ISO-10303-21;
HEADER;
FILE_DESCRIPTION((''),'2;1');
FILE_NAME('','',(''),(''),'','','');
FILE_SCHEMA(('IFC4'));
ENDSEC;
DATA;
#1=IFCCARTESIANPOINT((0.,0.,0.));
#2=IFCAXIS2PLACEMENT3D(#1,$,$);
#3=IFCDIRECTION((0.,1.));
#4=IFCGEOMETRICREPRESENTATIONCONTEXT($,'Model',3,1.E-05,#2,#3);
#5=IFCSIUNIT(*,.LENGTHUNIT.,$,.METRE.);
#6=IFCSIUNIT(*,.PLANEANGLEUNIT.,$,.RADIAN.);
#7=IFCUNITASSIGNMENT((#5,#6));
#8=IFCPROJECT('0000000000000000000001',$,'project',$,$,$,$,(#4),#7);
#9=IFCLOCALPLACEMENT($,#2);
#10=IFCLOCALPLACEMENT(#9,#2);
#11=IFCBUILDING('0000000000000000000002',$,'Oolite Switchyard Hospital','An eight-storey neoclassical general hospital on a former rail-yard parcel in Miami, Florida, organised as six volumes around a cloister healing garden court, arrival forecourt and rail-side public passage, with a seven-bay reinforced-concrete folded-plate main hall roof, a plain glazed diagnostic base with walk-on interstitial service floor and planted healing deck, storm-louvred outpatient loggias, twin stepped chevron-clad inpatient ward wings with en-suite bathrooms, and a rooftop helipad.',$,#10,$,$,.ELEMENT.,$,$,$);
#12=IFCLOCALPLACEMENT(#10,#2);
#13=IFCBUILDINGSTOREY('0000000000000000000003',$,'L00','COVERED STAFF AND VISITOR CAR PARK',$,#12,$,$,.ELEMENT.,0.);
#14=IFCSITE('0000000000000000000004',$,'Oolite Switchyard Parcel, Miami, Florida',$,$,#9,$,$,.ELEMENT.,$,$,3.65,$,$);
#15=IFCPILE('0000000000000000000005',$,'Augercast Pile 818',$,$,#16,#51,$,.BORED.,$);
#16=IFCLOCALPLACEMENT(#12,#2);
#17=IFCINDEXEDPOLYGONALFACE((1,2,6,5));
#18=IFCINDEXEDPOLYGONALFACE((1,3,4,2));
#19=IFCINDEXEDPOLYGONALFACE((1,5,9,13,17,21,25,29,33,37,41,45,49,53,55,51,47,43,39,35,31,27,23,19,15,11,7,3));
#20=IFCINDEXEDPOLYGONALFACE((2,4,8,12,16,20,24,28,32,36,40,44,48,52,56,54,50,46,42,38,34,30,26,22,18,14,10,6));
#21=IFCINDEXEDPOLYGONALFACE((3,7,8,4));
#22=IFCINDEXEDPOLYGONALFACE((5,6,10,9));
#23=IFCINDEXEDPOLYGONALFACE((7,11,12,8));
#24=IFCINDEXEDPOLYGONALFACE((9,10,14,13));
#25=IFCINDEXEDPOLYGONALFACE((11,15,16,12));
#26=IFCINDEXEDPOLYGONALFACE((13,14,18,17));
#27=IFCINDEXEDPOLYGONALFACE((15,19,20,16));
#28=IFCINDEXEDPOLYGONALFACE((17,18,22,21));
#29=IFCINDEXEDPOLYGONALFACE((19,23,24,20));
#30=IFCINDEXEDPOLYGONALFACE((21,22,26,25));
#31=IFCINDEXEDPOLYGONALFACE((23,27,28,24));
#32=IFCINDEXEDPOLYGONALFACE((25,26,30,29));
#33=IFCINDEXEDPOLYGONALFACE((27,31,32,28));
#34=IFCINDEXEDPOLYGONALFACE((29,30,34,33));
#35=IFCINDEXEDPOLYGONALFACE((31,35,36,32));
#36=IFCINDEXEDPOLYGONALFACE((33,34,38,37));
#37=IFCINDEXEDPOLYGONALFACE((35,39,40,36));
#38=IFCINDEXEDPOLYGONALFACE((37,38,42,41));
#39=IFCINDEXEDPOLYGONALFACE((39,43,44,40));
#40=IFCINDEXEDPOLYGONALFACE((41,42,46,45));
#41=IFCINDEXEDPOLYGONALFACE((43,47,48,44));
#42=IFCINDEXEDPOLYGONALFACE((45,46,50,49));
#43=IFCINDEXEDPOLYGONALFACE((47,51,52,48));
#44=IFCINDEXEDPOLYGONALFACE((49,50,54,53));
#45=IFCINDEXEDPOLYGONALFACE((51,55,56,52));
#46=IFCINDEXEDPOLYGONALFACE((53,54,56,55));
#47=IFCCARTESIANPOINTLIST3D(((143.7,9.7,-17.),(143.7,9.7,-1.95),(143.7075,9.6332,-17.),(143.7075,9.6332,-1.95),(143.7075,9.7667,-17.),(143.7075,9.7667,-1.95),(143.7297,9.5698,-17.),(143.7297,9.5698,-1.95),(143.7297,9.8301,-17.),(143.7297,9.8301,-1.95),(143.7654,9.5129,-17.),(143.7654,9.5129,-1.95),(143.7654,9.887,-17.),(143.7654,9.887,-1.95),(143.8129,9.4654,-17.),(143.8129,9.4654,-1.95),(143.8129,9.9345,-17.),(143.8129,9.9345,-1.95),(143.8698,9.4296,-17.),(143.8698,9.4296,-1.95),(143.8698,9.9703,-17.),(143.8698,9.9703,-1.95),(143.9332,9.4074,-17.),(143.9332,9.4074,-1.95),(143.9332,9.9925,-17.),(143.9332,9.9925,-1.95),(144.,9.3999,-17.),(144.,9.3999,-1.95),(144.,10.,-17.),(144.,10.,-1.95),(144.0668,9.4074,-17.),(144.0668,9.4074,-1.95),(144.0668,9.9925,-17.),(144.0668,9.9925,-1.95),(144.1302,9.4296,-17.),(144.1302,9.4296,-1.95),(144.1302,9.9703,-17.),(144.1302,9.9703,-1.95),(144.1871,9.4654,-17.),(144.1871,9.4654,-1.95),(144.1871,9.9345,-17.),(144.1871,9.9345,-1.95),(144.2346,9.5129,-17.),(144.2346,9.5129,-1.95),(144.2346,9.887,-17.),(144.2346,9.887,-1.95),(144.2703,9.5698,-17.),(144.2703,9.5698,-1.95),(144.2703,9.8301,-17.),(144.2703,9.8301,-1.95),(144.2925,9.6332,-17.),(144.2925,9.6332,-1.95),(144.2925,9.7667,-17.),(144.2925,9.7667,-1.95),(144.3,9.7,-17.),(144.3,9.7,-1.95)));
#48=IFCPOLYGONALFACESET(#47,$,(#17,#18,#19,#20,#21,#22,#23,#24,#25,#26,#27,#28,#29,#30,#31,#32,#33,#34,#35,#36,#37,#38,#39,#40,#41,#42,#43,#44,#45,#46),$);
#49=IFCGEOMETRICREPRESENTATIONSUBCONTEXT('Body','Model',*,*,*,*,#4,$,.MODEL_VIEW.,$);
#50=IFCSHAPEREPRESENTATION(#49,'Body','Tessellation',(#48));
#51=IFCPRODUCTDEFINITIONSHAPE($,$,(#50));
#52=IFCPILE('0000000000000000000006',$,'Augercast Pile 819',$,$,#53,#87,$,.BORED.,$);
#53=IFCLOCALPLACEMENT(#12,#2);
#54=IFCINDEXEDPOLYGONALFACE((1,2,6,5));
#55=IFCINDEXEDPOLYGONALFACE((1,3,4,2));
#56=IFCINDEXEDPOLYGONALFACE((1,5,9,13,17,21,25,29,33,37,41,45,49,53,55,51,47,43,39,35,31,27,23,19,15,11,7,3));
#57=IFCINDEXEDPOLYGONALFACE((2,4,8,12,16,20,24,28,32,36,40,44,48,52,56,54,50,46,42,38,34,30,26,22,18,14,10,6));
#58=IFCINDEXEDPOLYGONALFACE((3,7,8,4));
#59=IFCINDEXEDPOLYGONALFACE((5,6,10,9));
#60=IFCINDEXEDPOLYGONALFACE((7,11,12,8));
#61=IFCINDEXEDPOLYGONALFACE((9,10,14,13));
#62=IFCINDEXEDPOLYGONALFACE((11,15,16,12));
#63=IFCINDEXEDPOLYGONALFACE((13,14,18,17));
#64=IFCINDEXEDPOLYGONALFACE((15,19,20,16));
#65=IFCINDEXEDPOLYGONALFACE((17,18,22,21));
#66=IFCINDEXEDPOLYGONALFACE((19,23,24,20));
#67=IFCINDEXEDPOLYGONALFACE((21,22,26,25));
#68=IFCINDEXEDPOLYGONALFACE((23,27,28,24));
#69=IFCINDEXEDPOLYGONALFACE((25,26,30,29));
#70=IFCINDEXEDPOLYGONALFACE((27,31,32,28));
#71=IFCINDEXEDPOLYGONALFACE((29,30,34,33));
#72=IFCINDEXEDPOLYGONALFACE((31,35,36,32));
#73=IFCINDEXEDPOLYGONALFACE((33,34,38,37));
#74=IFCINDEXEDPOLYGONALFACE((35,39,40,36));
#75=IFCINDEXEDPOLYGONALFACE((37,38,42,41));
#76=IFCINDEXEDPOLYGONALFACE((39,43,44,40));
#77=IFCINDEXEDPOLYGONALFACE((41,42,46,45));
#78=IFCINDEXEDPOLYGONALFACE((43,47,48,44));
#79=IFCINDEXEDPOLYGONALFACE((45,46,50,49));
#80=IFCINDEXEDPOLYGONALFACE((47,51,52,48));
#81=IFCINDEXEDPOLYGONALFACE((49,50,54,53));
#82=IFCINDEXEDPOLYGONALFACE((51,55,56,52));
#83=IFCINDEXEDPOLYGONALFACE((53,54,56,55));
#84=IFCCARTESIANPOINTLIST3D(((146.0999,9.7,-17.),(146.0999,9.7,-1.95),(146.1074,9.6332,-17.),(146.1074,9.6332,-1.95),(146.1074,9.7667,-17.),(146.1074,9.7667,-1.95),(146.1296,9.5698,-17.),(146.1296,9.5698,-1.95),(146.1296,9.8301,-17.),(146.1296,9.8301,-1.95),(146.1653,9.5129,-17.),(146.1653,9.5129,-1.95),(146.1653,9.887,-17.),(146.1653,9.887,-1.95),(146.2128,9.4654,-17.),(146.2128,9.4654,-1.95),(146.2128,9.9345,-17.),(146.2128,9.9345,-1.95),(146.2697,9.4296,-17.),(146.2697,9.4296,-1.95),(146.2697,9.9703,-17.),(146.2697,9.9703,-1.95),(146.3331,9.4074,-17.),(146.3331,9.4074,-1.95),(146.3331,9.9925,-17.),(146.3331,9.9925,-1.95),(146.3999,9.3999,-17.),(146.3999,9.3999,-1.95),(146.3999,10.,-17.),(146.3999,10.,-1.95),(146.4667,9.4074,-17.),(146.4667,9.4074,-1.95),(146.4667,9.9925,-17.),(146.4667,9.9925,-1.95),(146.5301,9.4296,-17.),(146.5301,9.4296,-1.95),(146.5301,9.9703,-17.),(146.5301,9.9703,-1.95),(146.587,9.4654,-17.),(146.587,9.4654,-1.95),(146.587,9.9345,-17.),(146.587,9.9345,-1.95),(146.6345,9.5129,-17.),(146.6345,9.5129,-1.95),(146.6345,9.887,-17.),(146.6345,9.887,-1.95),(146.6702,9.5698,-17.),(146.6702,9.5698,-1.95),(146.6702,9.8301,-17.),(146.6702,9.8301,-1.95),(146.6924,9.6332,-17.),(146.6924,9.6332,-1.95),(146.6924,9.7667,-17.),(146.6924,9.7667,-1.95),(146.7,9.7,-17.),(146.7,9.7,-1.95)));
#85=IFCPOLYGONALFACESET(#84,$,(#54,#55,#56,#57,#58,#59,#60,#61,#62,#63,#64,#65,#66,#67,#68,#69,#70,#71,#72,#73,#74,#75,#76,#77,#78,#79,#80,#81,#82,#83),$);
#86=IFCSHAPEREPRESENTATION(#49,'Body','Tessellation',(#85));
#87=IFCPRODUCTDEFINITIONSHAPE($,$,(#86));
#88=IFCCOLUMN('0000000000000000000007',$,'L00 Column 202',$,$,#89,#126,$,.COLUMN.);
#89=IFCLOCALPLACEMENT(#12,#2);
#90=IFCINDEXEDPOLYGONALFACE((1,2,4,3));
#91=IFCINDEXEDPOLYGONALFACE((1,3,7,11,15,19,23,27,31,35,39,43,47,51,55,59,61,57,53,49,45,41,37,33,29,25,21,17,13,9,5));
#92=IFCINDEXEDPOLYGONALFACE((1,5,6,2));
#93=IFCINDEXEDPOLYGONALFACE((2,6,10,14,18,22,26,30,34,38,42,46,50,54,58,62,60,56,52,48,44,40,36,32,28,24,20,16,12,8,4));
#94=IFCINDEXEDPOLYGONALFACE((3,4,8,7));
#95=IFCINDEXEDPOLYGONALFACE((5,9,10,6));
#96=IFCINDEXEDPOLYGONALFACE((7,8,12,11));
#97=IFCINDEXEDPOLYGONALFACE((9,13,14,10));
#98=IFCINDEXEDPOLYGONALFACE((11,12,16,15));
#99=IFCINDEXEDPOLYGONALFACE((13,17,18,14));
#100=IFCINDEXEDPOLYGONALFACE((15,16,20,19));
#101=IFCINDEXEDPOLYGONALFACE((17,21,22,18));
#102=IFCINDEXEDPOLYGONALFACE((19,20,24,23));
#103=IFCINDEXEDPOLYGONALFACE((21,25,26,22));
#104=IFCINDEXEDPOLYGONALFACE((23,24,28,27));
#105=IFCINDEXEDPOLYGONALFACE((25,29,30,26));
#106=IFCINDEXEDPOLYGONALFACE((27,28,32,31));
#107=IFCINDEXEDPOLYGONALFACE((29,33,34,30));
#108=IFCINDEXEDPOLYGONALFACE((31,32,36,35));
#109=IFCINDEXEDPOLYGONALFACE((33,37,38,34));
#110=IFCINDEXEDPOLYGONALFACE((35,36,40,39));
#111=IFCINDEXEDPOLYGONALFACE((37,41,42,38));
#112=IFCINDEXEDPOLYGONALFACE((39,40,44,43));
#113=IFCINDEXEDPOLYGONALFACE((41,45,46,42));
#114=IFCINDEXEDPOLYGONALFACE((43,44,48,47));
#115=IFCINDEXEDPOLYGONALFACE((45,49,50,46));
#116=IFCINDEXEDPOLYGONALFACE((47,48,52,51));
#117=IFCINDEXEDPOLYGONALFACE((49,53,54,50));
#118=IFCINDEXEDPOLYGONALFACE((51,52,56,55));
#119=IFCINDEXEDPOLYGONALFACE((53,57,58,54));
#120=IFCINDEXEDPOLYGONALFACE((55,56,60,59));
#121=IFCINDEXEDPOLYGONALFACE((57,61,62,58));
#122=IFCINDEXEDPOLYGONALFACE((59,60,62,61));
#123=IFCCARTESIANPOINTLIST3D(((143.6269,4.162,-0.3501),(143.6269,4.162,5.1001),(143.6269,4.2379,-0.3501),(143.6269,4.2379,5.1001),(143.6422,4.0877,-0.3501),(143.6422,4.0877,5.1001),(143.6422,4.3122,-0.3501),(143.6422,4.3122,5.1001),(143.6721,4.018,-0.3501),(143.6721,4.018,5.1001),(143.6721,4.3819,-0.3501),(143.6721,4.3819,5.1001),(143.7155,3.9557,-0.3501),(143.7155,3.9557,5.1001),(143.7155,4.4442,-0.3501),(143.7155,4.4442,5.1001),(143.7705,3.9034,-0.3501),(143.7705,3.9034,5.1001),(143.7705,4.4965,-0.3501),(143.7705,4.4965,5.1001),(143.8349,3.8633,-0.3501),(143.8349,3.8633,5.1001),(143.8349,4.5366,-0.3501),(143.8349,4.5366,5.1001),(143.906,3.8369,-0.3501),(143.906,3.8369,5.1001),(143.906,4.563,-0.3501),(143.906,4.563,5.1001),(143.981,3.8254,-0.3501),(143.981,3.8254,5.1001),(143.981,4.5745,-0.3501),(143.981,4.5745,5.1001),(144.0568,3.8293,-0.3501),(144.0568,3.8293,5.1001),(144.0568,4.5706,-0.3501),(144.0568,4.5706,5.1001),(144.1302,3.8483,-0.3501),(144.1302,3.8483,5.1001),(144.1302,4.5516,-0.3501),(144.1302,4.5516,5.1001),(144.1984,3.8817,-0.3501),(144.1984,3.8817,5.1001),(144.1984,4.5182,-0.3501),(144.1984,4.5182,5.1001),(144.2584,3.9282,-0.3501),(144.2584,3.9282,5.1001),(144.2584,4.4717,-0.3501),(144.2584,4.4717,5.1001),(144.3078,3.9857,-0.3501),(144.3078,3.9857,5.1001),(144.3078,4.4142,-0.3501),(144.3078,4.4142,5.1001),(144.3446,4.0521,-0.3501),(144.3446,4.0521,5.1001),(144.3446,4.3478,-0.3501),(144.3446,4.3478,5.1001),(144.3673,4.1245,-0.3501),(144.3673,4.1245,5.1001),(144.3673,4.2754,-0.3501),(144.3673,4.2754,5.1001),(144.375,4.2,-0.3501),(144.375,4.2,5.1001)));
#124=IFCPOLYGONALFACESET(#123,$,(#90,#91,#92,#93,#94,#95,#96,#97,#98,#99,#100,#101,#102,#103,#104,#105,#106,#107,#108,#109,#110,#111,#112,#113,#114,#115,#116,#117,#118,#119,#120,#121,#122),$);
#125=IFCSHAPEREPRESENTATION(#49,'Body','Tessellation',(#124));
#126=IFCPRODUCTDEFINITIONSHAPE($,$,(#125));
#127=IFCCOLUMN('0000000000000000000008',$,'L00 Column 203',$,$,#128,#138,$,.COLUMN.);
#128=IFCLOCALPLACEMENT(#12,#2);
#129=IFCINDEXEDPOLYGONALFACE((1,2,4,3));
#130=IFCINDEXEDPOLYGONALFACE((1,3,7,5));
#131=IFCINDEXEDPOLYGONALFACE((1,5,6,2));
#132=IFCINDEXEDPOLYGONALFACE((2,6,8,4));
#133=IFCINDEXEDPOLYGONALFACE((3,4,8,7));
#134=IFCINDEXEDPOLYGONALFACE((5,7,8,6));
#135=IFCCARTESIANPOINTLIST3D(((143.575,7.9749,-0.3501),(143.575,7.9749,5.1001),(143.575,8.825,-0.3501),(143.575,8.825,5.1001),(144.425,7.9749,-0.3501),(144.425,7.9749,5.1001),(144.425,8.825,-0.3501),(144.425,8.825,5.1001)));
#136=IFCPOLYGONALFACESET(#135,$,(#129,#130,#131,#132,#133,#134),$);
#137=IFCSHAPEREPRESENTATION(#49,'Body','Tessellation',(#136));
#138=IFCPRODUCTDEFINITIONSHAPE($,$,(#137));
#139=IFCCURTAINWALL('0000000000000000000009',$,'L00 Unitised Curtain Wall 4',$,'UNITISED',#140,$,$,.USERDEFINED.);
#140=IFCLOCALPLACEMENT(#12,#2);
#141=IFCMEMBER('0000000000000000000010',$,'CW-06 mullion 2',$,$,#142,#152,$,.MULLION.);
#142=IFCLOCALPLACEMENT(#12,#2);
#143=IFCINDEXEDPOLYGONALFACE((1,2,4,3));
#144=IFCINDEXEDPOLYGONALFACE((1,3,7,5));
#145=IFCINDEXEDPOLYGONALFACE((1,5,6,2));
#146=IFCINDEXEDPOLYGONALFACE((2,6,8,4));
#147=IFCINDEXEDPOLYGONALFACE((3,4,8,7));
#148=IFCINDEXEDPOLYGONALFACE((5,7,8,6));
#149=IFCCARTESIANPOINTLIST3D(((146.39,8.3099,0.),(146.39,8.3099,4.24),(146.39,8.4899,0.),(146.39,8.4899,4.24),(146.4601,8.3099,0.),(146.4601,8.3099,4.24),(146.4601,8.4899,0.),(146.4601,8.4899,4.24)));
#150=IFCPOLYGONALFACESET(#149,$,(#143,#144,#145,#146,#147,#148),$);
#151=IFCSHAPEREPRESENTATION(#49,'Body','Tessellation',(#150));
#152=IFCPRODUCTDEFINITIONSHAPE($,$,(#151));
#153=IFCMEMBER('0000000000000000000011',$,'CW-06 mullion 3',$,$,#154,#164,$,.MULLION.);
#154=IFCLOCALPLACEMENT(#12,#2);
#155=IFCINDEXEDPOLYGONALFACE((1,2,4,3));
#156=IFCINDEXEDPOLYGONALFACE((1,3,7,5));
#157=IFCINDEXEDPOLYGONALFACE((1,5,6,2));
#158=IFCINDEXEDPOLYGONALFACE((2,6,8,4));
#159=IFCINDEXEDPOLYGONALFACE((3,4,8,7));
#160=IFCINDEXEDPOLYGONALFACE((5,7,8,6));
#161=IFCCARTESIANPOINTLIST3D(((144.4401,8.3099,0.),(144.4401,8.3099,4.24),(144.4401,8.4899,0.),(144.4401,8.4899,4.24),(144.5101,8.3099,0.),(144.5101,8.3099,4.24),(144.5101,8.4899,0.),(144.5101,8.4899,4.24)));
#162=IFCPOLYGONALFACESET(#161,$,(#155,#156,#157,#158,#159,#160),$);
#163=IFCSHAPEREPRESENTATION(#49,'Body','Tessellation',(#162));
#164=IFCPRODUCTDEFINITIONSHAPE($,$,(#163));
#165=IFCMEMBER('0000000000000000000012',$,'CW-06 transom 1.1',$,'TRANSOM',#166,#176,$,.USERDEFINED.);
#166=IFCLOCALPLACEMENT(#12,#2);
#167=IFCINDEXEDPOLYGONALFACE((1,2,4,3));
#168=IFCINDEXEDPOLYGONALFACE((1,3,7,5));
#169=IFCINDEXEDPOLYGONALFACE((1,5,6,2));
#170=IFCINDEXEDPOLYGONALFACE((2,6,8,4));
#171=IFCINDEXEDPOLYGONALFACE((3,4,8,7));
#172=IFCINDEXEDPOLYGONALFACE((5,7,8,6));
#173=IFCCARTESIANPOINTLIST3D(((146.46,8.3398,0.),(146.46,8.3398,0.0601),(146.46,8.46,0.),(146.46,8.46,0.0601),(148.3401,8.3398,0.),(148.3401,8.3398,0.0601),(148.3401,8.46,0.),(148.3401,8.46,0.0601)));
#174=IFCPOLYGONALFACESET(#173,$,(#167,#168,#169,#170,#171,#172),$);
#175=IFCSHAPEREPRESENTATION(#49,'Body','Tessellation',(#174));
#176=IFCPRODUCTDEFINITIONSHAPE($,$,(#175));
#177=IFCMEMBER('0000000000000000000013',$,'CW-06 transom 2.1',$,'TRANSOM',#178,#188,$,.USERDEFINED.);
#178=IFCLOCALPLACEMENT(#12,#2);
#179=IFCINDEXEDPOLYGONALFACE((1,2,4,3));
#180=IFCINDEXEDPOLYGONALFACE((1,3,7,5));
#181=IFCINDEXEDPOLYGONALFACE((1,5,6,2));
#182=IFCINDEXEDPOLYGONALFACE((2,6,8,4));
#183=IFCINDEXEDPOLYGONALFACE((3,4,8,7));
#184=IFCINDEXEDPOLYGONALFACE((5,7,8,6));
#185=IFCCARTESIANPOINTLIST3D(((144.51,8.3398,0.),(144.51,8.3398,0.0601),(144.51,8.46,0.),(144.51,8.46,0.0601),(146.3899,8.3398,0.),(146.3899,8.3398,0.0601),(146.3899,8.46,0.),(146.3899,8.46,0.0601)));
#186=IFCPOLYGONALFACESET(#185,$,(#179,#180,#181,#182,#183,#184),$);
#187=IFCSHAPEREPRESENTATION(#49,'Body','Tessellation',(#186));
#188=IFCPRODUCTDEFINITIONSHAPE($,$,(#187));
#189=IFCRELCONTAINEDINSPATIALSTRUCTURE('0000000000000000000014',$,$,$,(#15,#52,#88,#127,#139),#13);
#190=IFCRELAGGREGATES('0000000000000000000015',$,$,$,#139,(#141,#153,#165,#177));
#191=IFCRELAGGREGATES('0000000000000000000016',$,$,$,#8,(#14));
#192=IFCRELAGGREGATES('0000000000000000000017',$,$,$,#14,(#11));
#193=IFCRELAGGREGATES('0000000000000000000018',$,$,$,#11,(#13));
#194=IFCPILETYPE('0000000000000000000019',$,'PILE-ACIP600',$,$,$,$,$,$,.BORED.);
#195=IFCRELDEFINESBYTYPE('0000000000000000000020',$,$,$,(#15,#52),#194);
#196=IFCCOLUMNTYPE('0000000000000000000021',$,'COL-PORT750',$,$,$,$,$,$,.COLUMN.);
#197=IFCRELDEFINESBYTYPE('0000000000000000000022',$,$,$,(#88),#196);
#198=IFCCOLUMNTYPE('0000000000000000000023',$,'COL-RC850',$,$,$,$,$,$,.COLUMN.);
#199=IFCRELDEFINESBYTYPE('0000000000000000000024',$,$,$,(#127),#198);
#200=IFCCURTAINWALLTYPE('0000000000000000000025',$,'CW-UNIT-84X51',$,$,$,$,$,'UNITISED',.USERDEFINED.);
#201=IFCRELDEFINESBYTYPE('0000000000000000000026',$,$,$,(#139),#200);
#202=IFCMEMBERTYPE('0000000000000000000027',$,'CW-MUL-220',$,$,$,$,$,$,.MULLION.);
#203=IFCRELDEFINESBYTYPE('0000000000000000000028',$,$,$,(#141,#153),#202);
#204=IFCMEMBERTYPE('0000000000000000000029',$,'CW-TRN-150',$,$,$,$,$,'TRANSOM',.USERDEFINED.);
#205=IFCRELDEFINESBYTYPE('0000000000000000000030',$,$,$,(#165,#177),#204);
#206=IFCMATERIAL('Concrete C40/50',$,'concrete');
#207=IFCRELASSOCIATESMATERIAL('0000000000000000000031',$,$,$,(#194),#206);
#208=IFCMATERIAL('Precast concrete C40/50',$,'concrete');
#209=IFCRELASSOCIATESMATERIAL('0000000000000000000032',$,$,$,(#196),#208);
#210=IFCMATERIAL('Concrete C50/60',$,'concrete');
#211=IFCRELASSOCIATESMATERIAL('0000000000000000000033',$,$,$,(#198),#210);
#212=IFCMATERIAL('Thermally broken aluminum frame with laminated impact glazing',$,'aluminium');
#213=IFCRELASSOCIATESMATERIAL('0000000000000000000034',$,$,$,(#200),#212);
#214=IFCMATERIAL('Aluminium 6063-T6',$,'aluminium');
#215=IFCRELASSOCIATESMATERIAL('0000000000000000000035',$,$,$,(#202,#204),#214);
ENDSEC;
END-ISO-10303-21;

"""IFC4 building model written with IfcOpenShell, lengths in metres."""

from ifc_helpers import new_model, si_unit, direction, frame, origin, origin_2d, place, context, subcontext, project, spatial, rectangle, circle, extrude, material, material_profile, profile_set, type_object, element, aggregate, save


model = new_model("IFC4")

# Units and contexts
model_context = context("Model", 3, precision=1e-05, world=origin(), true_north=direction((0.0, 1.0)))
body_context = subcontext(model_context, "Body", "Model", "MODEL_VIEW")
ifc_project = project(units=[si_unit("LENGTHUNIT", "METRE"), si_unit("PLANEANGLEUNIT", "RADIAN")], contexts=[model_context])

# Site, building, storey
site_placement = place(None, origin())
site = spatial("IfcSite", under=ifc_project, at=site_placement, Name="Oolite Switchyard Parcel, Miami, Florida", CompositionType="ELEMENT", RefElevation=3.65)
building_placement = place(site_placement, origin())
building = spatial("IfcBuilding", under=site, at=building_placement, Name="Oolite Switchyard Hospital", Description="An eight-storey neoclassical general hospital on a former rail-yard parcel in Miami, Florida, organised as six volumes around a cloister healing garden court, arrival forecourt and rail-side public passage, with a seven-bay reinforced-concrete folded-plate main hall roof, a plain glazed diagnostic base with walk-on interstitial service floor and planted healing deck, storm-louvred outpatient loggias, twin stepped chevron-clad inpatient ward wings with en-suite bathrooms, and a rooftop helipad.", CompositionType="ELEMENT")
storey_placement = place(building_placement, origin())
storey = spatial("IfcBuildingStorey", under=building, at=storey_placement, Name="L00", Description="COVERED STAFF AND VISITOR CAR PARK", CompositionType="ELEMENT", Elevation=0.0)

# Shared definitions
ifc_material_1 = material(Name="Concrete C40/50", Category="concrete")

# Piles
ifc_material_profile_1 = material_profile(ifc_material_1, circle(Radius=0.3, at=origin_2d()), Name="PILE600")
ifc_profile_set_1 = profile_set([ifc_material_profile_1], Name="Concrete C40/50")
pile_type = type_object("IfcPileType", Name="PILE-ACIP600", PredefinedType="BORED", material=ifc_profile_set_1)
for number, where, z_axis, x_axis, name in (
    (1, (144.0, 9.7, -1.95), (0.0, 0.0, -1.0), (1.0, 0.0, 0.0), "Augercast Pile 818"),
    (2, (146.3999, 9.7, -1.95), (0.0, 0.0, -1.0), (1.0, 0.0, 0.0), "Augercast Pile 819"),
):
    element("IfcPile", number, at=place(storey_placement, frame(where, z_axis=z_axis, x_axis=x_axis)), inside=storey, type_object=pile_type, Name=name, PredefinedType="BORED", context=body_context, shape_type="SweptSolid", body=[
        extrude(circle(Radius=0.3, at=origin_2d()), origin(), (0.0, 0.0, 1.0), 15.05),
    ])

# Columns
ifc_material_2 = material(Name="Precast concrete C40/50", Category="concrete")
ifc_material_profile_2 = material_profile(ifc_material_2, circle(Radius=0.375, at=origin_2d()), Name="RCCOL750")
ifc_profile_set_2 = profile_set([ifc_material_profile_2], Name="Precast concrete C40/50")
column_type_1 = type_object("IfcColumnType", Name="COL-PORT750", PredefinedType="COLUMN", material=ifc_profile_set_2)
column_1_placement = place(storey_placement, frame((144.0, 4.2, -0.3501), z_axis=(0.0, 0.0, 1.0), x_axis=(1.0, 0.0, 0.0)))
element("IfcColumn", 3, at=column_1_placement, inside=storey, type_object=column_type_1, Name="L00 Column 202", PredefinedType="COLUMN", context=body_context, shape_type="SweptSolid", body=[
    extrude(circle(Radius=0.375, at=origin_2d()), origin(), (0.0, 0.0, 1.0), 5.4502),
])
ifc_material_3 = material(Name="Concrete C50/60", Category="concrete")
ifc_material_profile_3 = material_profile(ifc_material_3, rectangle(XDim=0.8501, YDim=0.8501, at=origin_2d()), Name="RC850X850")
ifc_profile_set_3 = profile_set([ifc_material_profile_3], Name="Concrete C50/60")
column_type_2 = type_object("IfcColumnType", Name="COL-RC850", PredefinedType="COLUMN", material=ifc_profile_set_3)
column_2_placement = place(storey_placement, frame((144.0, 8.3999, -0.3501), z_axis=(0.0, 0.0, 1.0), x_axis=(1.0, 0.0, 0.0)))
element("IfcColumn", 4, at=column_2_placement, inside=storey, type_object=column_type_2, Name="L00 Column 203", PredefinedType="COLUMN", context=body_context, shape_type="SweptSolid", body=[
    extrude(rectangle(XDim=0.8501, YDim=0.8501, at=origin_2d()), origin(), (0.0, 0.0, 1.0), 5.4502),
])

# Curtain wall, members
ifc_material_4 = material(Name="Thermally broken aluminum frame with laminated impact glazing", Category="aluminium")
curtain_wall_type = type_object("IfcCurtainWallType", Name="CW-UNIT-84X51", ElementType="UNITISED", PredefinedType="USERDEFINED", material=ifc_material_4)
curtain_wall_placement = place(storey_placement, origin())
curtain_wall = element("IfcCurtainWall", 5, at=curtain_wall_placement, inside=storey, type_object=curtain_wall_type, Name="L00 Unitised Curtain Wall 4", ObjectType="UNITISED", PredefinedType="USERDEFINED")
ifc_material_5 = material(Name="Aluminium 6063-T6", Category="aluminium")
ifc_material_profile_4 = material_profile(ifc_material_5, rectangle(XDim=0.1799, YDim=0.0701, at=origin_2d()), Name="CWM70X180")
ifc_profile_set_4 = profile_set([ifc_material_profile_4], Name="Aluminium 6063-T6")
member_type_1 = type_object("IfcMemberType", Name="CW-MUL-220", PredefinedType="MULLION", material=ifc_profile_set_4)
member_1_placement = place(storey_placement, frame((146.425, 8.3999, 0.0), z_axis=(0.0, 0.0, 1.0), x_axis=(0.0, -1.0, 0.0)))
member_1 = element("IfcMember", 6, at=member_1_placement, type_object=member_type_1, Name="CW-06 mullion 2", PredefinedType="MULLION", context=body_context, shape_type="SweptSolid", body=[
    extrude(rectangle(XDim=0.1799, YDim=0.0701, at=origin_2d()), origin(), (0.0, 0.0, 1.0), 4.24),
])
member_2_placement = place(storey_placement, frame((144.4751, 8.3999, 0.0), z_axis=(0.0, 0.0, 1.0), x_axis=(0.0, -1.0, 0.0)))
member_2 = element("IfcMember", 7, at=member_2_placement, type_object=member_type_1, Name="CW-06 mullion 3", PredefinedType="MULLION", context=body_context, shape_type="SweptSolid", body=[
    extrude(rectangle(XDim=0.1799, YDim=0.0701, at=origin_2d()), origin(), (0.0, 0.0, 1.0), 4.24),
])
ifc_material_profile_5 = material_profile(ifc_material_5, rectangle(XDim=0.1201, YDim=0.0601, at=origin_2d()), Name="CWT60X120")
ifc_profile_set_5 = profile_set([ifc_material_profile_5], Name="Aluminium 6063-T6")
member_type_2 = type_object("IfcMemberType", Name="CW-TRN-150", ElementType="TRANSOM", PredefinedType="USERDEFINED", material=ifc_profile_set_5)
member_3_placement = place(storey_placement, frame((148.3401, 8.3999, 0.03), z_axis=(-1.0, 0.0, 0.0), x_axis=(0.0, -1.0, 0.0)))
member_3 = element("IfcMember", 8, at=member_3_placement, type_object=member_type_2, Name="CW-06 transom 1.1", ObjectType="TRANSOM", PredefinedType="USERDEFINED", context=body_context, shape_type="SweptSolid", body=[
    extrude(rectangle(XDim=0.1201, YDim=0.0601, at=origin_2d()), origin(), (0.0, 0.0, 1.0), 1.8801),
])
member_4_placement = place(storey_placement, frame((146.3899, 8.3999, 0.03), z_axis=(-1.0, 0.0, 0.0), x_axis=(0.0, -1.0, 0.0)))
member_4 = element("IfcMember", 9, at=member_4_placement, type_object=member_type_2, Name="CW-06 transom 2.1", ObjectType="TRANSOM", PredefinedType="USERDEFINED", context=body_context, shape_type="SweptSolid", body=[
    extrude(rectangle(XDim=0.1201, YDim=0.0601, at=origin_2d()), origin(), (0.0, 0.0, 1.0), 1.8799),
])
aggregate(curtain_wall, [member_1, member_2, member_3, member_4])

save(model, "model.ifc")
